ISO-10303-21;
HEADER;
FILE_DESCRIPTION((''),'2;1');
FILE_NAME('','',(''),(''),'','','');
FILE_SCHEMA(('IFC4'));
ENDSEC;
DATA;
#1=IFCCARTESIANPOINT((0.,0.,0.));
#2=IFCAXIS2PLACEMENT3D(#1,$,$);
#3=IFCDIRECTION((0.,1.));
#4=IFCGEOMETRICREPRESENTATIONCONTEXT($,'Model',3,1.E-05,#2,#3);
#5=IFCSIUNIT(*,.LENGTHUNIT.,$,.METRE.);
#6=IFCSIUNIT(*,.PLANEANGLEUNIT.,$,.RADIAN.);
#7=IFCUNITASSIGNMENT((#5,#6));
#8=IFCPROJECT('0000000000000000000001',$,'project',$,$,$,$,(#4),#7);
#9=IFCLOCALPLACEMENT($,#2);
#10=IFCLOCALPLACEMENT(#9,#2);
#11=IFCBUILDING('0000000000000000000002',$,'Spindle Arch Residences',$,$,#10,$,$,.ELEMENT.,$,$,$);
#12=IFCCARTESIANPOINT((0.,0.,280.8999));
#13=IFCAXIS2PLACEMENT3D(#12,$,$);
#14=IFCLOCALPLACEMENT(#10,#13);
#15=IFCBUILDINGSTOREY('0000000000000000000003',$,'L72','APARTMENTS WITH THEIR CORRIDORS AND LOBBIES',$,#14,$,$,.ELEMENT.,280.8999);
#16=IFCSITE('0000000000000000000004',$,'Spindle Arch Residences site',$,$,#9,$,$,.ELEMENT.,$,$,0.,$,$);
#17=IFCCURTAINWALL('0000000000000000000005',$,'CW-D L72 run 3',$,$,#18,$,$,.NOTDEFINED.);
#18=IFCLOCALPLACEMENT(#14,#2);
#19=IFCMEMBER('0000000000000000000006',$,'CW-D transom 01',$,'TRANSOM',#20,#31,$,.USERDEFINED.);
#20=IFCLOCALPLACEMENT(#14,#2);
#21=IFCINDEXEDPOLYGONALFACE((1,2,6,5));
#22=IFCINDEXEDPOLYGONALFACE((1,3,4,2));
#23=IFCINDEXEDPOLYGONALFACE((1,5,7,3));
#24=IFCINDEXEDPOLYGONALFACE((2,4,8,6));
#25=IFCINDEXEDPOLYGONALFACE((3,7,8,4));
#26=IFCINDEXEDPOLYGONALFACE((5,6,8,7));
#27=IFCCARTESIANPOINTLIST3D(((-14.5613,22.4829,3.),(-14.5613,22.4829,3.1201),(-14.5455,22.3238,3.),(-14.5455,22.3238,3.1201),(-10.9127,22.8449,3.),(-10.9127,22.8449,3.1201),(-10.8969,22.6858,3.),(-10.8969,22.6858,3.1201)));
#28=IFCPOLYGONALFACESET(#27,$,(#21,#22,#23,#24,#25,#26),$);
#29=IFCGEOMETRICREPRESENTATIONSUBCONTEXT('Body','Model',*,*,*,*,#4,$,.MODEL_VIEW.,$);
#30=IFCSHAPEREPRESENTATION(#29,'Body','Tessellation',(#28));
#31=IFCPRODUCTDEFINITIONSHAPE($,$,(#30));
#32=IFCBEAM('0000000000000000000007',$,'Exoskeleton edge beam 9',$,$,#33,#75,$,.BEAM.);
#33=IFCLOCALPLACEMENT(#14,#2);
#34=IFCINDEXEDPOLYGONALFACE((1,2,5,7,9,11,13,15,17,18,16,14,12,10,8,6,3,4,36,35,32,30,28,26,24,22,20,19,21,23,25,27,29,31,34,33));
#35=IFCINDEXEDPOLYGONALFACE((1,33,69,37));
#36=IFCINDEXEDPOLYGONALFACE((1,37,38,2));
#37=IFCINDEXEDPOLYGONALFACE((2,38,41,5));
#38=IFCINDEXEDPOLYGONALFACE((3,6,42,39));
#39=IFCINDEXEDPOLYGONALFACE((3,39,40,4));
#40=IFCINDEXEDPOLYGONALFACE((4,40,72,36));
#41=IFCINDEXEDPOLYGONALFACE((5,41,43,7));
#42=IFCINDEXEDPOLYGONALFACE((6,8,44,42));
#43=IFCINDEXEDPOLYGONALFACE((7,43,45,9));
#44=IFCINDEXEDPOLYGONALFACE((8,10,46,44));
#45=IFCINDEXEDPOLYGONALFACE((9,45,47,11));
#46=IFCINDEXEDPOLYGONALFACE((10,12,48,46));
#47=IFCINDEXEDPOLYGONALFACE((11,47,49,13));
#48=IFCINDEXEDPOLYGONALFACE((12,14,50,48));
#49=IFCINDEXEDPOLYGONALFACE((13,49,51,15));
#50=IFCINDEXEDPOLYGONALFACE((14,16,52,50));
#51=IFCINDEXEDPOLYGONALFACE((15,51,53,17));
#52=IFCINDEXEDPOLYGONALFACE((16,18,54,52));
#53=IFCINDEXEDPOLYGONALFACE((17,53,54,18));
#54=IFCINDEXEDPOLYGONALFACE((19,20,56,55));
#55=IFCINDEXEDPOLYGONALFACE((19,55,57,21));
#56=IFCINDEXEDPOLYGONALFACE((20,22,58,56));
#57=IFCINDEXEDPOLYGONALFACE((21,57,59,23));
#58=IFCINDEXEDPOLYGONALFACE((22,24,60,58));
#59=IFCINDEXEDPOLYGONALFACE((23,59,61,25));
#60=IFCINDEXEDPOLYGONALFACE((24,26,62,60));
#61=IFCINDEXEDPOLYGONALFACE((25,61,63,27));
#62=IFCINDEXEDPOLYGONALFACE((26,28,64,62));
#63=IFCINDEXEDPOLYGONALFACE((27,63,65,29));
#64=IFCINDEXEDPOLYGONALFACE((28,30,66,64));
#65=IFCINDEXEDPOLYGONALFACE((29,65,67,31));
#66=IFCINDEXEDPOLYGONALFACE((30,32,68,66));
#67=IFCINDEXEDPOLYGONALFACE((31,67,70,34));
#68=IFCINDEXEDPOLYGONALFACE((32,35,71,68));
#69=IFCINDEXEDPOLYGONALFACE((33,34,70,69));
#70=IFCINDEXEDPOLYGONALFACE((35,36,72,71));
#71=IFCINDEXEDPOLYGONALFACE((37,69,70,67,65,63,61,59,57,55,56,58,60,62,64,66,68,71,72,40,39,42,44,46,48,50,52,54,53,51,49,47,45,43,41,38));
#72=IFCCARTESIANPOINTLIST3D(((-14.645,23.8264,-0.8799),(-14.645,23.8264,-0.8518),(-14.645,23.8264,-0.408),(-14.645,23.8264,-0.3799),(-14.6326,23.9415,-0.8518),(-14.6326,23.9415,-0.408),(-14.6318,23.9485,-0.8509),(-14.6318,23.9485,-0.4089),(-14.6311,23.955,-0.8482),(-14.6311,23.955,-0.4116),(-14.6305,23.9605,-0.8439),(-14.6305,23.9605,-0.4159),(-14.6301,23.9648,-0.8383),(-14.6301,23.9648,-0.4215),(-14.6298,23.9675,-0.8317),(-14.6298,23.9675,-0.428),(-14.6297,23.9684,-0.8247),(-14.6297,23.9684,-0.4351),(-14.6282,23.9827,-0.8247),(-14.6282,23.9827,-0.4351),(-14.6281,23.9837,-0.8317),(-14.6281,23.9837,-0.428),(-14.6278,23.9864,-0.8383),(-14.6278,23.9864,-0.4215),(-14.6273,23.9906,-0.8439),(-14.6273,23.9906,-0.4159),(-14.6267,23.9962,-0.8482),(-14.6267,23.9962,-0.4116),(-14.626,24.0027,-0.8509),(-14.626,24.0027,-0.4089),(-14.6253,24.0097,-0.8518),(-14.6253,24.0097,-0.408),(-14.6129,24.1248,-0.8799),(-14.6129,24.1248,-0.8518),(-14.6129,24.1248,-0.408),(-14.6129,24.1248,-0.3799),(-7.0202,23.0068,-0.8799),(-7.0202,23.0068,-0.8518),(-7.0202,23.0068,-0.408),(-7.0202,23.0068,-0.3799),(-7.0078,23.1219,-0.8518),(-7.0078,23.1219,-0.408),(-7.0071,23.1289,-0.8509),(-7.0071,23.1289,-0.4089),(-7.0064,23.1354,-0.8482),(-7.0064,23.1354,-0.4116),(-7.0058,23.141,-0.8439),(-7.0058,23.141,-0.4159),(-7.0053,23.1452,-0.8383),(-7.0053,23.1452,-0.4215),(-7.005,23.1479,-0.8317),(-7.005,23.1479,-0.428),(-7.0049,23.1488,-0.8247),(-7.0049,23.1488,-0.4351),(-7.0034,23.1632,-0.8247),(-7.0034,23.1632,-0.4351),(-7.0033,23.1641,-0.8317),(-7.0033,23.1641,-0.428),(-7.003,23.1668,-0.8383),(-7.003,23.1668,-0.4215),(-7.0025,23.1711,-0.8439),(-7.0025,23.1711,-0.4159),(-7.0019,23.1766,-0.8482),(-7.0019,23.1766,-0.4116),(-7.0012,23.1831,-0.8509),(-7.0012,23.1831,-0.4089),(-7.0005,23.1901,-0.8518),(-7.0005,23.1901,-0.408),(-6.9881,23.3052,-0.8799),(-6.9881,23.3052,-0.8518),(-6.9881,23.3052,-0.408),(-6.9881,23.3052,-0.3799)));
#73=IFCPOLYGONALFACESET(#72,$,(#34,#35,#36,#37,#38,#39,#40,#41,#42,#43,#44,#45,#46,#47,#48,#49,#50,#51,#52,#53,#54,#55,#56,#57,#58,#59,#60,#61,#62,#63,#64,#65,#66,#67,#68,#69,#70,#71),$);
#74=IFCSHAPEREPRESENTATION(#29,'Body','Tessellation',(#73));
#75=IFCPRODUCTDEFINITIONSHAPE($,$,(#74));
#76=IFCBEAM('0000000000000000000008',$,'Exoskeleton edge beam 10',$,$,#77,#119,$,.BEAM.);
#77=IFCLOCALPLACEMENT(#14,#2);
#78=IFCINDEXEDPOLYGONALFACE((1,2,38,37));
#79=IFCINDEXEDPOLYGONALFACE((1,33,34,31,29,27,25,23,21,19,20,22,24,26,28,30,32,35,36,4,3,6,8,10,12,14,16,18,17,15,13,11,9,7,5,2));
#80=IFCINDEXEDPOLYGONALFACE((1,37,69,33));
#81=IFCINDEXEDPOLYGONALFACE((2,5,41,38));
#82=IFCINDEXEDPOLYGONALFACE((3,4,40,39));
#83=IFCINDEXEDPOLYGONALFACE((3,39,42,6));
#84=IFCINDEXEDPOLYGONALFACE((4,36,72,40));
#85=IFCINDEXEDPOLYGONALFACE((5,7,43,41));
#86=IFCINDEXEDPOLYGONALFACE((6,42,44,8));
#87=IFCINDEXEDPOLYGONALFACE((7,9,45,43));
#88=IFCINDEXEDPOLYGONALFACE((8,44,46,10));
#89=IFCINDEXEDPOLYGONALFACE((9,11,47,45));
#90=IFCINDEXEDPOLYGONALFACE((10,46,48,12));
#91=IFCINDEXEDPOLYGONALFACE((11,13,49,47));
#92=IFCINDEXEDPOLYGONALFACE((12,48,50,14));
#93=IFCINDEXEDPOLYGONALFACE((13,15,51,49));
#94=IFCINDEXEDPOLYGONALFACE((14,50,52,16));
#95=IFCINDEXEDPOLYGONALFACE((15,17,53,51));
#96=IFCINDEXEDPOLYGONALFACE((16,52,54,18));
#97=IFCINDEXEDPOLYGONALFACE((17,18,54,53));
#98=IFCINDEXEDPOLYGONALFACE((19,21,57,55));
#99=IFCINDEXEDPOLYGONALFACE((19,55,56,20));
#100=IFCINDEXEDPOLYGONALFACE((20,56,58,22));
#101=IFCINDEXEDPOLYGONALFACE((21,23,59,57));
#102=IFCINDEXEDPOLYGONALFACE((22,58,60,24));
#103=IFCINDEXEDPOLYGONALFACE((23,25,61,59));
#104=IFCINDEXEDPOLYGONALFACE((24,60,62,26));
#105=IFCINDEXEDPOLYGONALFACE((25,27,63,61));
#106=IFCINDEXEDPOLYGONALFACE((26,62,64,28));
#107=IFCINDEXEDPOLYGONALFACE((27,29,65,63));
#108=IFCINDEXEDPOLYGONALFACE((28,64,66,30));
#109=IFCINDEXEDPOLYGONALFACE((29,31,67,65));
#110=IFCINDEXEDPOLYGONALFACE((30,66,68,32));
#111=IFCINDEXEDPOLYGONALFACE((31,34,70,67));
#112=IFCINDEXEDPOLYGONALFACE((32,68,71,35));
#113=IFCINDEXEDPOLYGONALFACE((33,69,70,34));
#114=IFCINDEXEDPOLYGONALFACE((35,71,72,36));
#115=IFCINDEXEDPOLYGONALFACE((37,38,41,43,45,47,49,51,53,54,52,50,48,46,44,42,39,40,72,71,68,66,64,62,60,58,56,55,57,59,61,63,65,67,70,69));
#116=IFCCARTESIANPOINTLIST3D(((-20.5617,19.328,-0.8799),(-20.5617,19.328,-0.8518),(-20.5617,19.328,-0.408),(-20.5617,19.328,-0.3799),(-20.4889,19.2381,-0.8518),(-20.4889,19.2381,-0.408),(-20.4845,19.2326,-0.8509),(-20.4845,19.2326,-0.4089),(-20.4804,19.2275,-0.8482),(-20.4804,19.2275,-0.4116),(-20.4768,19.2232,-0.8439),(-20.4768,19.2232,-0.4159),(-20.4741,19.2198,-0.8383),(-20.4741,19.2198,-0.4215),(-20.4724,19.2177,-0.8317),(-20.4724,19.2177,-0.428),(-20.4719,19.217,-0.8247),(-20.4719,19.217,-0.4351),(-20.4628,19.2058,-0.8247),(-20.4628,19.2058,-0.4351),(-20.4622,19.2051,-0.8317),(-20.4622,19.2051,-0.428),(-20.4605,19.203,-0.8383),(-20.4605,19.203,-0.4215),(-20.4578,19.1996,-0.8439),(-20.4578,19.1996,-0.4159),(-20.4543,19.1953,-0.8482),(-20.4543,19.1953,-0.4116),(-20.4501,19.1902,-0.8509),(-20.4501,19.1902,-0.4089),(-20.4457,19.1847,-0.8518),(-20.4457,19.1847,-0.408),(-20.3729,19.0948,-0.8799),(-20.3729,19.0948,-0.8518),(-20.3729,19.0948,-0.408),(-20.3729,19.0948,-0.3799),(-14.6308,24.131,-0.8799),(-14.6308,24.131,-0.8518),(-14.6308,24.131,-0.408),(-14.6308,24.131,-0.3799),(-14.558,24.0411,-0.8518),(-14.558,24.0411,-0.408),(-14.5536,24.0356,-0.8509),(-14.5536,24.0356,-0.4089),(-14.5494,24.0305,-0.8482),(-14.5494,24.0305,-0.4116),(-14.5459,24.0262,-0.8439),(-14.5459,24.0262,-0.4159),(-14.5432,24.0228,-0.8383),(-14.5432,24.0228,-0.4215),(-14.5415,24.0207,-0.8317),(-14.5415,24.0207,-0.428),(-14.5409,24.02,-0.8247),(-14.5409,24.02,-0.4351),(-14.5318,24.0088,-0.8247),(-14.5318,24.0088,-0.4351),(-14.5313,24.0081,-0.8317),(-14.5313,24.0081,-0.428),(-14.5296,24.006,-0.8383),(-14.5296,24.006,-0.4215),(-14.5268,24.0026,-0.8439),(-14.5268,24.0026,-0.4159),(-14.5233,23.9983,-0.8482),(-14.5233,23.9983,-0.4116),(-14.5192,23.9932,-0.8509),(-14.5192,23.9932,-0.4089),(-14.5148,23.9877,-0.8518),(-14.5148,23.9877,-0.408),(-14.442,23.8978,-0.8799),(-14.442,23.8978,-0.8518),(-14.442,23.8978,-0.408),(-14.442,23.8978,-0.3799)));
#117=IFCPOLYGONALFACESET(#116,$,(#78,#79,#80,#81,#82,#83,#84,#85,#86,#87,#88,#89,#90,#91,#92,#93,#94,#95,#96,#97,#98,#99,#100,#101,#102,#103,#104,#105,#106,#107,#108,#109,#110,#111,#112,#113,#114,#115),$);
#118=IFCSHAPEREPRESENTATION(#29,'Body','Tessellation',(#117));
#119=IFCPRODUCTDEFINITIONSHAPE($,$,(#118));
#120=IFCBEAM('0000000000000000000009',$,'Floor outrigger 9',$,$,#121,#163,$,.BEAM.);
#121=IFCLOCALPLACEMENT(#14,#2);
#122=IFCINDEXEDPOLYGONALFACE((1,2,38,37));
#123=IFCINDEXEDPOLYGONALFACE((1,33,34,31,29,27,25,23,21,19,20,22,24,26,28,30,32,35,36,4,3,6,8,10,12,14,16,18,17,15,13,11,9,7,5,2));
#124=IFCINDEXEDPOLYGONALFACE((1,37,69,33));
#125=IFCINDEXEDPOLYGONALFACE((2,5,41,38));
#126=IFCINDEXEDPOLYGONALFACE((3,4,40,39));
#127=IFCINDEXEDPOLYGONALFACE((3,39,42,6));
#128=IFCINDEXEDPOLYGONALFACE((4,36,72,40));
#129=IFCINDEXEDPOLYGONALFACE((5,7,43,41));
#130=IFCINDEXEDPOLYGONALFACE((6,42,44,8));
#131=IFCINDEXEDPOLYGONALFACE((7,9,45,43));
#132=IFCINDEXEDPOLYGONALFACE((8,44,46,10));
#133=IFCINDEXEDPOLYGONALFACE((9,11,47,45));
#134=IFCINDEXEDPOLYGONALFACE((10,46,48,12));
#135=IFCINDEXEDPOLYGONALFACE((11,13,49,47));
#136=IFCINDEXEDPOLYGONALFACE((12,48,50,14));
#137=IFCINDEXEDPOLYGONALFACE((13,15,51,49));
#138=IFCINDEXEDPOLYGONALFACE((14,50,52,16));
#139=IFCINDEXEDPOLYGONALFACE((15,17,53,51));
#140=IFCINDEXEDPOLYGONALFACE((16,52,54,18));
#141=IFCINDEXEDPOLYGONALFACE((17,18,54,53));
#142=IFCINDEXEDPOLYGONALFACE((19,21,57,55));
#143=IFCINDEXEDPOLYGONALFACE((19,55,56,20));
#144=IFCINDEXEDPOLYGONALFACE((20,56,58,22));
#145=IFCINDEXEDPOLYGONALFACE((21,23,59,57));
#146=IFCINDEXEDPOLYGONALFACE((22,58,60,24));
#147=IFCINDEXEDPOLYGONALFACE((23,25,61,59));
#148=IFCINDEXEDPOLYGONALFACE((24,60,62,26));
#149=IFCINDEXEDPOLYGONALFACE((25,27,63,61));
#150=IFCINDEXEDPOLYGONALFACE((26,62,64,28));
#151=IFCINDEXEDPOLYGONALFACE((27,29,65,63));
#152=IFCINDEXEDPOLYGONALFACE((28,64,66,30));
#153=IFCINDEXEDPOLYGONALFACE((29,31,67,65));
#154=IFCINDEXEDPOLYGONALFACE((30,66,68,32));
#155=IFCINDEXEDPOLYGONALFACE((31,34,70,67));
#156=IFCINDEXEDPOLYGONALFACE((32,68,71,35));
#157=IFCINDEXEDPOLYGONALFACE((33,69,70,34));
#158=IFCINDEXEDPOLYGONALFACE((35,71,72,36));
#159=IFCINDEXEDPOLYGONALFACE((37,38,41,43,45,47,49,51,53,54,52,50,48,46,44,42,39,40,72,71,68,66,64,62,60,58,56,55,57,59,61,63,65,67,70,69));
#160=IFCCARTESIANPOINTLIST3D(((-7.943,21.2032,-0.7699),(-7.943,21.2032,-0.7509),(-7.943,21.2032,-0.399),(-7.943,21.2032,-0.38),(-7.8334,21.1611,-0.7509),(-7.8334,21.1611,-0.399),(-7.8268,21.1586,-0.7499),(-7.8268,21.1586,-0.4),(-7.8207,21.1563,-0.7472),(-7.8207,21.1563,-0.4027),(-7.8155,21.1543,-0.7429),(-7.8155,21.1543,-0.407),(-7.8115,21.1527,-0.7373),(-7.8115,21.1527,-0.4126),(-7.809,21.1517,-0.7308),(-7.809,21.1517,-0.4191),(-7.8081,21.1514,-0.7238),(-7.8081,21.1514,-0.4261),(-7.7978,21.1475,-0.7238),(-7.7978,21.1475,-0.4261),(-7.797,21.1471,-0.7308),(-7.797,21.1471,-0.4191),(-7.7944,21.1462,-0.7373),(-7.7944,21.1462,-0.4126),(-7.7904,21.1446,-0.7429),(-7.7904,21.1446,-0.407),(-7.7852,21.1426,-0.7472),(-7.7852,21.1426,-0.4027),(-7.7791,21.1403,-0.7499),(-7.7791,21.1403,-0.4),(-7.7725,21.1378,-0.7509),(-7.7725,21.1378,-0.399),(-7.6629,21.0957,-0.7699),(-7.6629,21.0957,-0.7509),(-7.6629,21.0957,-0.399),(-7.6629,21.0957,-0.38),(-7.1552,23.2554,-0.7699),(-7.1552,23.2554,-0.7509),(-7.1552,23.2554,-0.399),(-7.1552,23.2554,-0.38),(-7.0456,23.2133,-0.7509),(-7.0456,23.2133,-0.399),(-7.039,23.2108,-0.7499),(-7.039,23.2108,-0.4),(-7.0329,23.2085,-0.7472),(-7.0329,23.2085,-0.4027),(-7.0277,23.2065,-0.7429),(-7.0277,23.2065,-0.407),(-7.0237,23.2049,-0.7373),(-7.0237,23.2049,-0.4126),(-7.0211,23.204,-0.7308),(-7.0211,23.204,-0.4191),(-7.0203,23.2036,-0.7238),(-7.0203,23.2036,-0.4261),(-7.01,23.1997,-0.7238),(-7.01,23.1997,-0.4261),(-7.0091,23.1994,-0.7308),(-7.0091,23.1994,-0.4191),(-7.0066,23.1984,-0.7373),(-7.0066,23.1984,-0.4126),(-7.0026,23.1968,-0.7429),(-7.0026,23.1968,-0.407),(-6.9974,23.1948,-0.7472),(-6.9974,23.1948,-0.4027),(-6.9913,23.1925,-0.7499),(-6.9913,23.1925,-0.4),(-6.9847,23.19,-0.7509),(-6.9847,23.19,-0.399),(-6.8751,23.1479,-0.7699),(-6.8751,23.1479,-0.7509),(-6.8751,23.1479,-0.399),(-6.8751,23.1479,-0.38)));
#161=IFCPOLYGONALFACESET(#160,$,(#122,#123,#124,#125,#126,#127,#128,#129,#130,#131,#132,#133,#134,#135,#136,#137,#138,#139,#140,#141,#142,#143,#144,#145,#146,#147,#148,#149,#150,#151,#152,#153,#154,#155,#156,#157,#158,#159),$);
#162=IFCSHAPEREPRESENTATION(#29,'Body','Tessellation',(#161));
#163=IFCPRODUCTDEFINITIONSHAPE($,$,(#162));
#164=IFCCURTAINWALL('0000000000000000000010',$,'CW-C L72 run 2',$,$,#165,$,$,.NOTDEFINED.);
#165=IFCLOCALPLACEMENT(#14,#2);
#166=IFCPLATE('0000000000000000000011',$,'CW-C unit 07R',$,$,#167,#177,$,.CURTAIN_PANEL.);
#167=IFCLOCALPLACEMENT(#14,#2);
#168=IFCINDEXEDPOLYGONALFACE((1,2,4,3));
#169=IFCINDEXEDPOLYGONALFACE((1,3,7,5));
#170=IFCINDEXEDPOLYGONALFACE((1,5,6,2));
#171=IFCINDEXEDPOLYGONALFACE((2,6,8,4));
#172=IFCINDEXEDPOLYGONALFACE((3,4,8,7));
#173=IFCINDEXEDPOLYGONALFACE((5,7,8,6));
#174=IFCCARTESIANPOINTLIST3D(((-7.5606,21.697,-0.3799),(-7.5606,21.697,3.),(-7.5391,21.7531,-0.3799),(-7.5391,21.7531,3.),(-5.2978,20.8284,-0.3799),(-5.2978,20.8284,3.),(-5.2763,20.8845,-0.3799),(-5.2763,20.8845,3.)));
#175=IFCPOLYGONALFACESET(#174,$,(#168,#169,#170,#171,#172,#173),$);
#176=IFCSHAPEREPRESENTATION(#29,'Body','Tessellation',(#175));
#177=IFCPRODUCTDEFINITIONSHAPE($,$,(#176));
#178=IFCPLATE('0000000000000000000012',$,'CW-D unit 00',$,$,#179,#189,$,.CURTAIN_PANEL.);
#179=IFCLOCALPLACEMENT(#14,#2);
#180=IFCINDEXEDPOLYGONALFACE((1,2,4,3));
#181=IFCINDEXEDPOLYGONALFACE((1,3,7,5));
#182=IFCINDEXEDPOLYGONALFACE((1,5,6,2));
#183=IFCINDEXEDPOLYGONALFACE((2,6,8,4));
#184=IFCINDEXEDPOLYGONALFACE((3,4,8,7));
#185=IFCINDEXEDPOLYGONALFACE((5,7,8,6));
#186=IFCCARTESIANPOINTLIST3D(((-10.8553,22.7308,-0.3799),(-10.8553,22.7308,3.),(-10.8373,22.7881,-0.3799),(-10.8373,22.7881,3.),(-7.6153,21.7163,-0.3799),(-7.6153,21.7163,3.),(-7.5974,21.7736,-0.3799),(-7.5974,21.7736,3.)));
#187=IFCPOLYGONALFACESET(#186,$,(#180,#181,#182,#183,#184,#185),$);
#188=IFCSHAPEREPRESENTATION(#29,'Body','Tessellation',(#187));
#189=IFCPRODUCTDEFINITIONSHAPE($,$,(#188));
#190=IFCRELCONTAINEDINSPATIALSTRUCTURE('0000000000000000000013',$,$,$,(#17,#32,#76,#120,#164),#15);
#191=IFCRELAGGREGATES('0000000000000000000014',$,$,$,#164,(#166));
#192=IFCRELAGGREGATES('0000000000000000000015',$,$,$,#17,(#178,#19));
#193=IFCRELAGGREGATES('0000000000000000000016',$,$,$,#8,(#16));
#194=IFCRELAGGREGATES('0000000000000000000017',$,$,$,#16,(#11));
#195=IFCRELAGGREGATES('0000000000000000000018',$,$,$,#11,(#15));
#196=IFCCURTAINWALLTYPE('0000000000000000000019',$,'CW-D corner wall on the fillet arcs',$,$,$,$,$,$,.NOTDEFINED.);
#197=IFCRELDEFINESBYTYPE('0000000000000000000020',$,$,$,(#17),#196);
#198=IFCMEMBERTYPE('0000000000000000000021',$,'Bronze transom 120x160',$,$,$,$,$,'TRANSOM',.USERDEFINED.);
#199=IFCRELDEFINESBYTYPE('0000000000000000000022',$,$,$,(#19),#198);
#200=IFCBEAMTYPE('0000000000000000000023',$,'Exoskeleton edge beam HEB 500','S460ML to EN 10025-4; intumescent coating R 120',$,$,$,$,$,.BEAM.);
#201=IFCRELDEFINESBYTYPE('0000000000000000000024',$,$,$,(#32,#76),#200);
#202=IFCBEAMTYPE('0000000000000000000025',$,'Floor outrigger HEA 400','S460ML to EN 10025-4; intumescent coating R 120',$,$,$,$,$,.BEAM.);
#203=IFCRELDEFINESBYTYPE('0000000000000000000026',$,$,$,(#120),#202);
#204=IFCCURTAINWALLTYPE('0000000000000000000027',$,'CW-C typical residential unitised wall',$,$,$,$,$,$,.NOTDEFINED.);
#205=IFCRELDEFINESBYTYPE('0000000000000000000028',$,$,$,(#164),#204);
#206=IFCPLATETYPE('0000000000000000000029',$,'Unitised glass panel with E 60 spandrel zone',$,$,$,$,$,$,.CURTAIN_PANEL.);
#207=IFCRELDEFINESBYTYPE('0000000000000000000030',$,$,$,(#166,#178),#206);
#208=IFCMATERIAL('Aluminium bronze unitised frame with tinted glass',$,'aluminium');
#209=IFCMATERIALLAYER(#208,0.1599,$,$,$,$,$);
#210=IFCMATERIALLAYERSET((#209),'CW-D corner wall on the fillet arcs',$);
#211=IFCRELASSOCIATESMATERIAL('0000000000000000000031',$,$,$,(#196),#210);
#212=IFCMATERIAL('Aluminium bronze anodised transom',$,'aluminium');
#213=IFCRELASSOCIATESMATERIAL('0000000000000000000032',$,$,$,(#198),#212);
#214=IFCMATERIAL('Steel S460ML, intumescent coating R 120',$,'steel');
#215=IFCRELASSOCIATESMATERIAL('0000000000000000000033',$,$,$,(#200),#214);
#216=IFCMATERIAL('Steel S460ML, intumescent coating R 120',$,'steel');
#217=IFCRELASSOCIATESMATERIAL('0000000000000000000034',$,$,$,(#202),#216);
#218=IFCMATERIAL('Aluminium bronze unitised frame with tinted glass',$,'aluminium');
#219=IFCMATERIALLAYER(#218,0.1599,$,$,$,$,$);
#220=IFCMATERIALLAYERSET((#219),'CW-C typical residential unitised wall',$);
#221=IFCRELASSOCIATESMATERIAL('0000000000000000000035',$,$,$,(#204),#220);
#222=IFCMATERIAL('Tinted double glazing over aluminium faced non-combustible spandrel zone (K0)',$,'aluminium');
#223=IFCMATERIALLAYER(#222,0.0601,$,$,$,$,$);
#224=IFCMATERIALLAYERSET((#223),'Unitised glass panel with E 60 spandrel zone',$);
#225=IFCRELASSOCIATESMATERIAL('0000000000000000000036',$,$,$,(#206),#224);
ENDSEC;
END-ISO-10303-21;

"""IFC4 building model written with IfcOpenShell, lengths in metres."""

from ifc_helpers import new_model, si_unit, direction, frame, origin, origin_2d, place, context, subcontext, project, spatial, rectangle, i_section, extrude, material, layer, layer_set, material_profile, profile_set, type_object, element, aggregate, save


model = new_model("IFC4")

# Units and contexts
model_context = context("Model", 3, precision=1e-05, world=origin(), true_north=direction((0.0, 1.0)))
body_context = subcontext(model_context, "Body", "Model", "MODEL_VIEW")
ifc_project = project(units=[si_unit("LENGTHUNIT", "METRE"), si_unit("PLANEANGLEUNIT", "RADIAN")], contexts=[model_context])

# Site, building, storey
site_placement = place(None, origin())
site = spatial("IfcSite", under=ifc_project, at=site_placement, Name="Spindle Arch Residences site", CompositionType="ELEMENT", RefElevation=0.0)
building_placement = place(site_placement, origin())
building = spatial("IfcBuilding", under=site, at=building_placement, Name="Spindle Arch Residences", CompositionType="ELEMENT")
storey_placement = place(building_placement, frame((0.0, 0.0, 280.8999)))
storey = spatial("IfcBuildingStorey", under=building, at=storey_placement, Name="L72", Description="APARTMENTS WITH THEIR CORRIDORS AND LOBBIES", CompositionType="ELEMENT", Elevation=280.8999)

# Curtain wall, member
ifc_material_1 = material(Name="Aluminium bronze unitised frame with tinted glass", Category="aluminium")
ifc_layer_1 = layer(ifc_material_1, 0.1599)
ifc_layer_set_1 = layer_set([ifc_layer_1], Name="CW-D corner wall on the fillet arcs")
curtain_wall_type_1 = type_object("IfcCurtainWallType", Name="CW-D corner wall on the fillet arcs", PredefinedType="NOTDEFINED", material=ifc_layer_set_1)
curtain_wall_1_placement = place(storey_placement, origin())
curtain_wall_1 = element("IfcCurtainWall", 1, at=curtain_wall_1_placement, inside=storey, type_object=curtain_wall_type_1, Name="CW-D L72 run 3", PredefinedType="NOTDEFINED")
ifc_material_2 = material(Name="Aluminium bronze anodised transom", Category="aluminium")
ifc_material_profile_1 = material_profile(ifc_material_2, rectangle(XDim=0.1599, YDim=0.1201, at=origin_2d()), Name="TR 120x160")
ifc_profile_set_1 = profile_set([ifc_material_profile_1], Name="Aluminium bronze anodised transom")
member_type_1 = type_object("IfcMemberType", Name="Bronze transom 120x160", ElementType="TRANSOM", PredefinedType="USERDEFINED", material=ifc_profile_set_1)
member_1_placement = place(storey_placement, frame((-10.9048, 22.7654, 3.0601), z_axis=(-0.995113, -0.098746, 0.0), x_axis=(0.098746, -0.995113, 0.0)))
member_1 = element("IfcMember", 2, at=member_1_placement, type_object=member_type_1, Name="CW-D transom 01", ObjectType="TRANSOM", PredefinedType="USERDEFINED", context=body_context, shape_type="SweptSolid", body=[
    extrude(rectangle(XDim=0.1599, YDim=0.1201, at=origin_2d()), origin(), (0.0, 0.0, 1.0), 3.6665),
])

# Beams
ifc_material_3 = material(Name="Steel S460ML, intumescent coating R 120", Category="steel")
ifc_material_profile_2 = material_profile(ifc_material_3, i_section(OverallWidth=0.3, OverallDepth=0.5, WebThickness=0.0144, FlangeThickness=0.0281, FilletRadius=0.0271, at=origin_2d()), Name="HEB 500")
ifc_profile_set_2 = profile_set([ifc_material_profile_2], Name="Steel S460ML, intumescent coating R 120")
beam_type_1 = type_object("IfcBeamType", Name="Exoskeleton edge beam HEB 500", Description="S460ML to EN 10025-4; intumescent coating R 120", PredefinedType="BEAM", material=ifc_profile_set_2)
beam_1_placement = place(storey_placement, frame((-7.0042, 23.156, -0.6299), z_axis=(-0.994273, 0.106874, 0.0), x_axis=(-0.106874, -0.994273, 0.0)))
element("IfcBeam", 3, at=beam_1_placement, inside=storey, type_object=beam_type_1, Name="Exoskeleton edge beam 9", PredefinedType="BEAM", context=body_context, shape_type="SweptSolid", body=[
    extrude(i_section(OverallWidth=0.3, OverallDepth=0.5, WebThickness=0.0144, FlangeThickness=0.0281, FilletRadius=0.0271, at=origin_2d()), origin(), (0.0, 0.0, 1.0), 7.6687),
])
beam_2_placement = place(storey_placement, frame((-14.5364, 24.0144, -0.6299), z_axis=(-0.777132, -0.629338, 0.0), x_axis=(0.629338, -0.777132, 0.0)))
element("IfcBeam", 4, at=beam_2_placement, inside=storey, type_object=beam_type_1, Name="Exoskeleton edge beam 10", PredefinedType="BEAM", context=body_context, shape_type="SweptSolid", body=[
    extrude(i_section(OverallWidth=0.3, OverallDepth=0.5, WebThickness=0.0144, FlangeThickness=0.0281, FilletRadius=0.0271, at=origin_2d()), origin(), (0.0, 0.0, 1.0), 7.6318),
])
ifc_material_4 = material(Name="Steel S460ML, intumescent coating R 120", Category="steel")
ifc_material_profile_3 = material_profile(ifc_material_4, i_section(OverallWidth=0.3, OverallDepth=0.3899, WebThickness=0.011, FlangeThickness=0.019, FilletRadius=0.0271, at=origin_2d()), Name="HEA 400")
ifc_profile_set_3 = profile_set([ifc_material_profile_3], Name="Steel S460ML, intumescent coating R 120")
beam_type_2 = type_object("IfcBeamType", Name="Floor outrigger HEA 400", Description="S460ML to EN 10025-4; intumescent coating R 120", PredefinedType="BEAM", material=ifc_profile_set_3)
beam_3_placement = place(storey_placement, frame((-7.0151, 23.2017, -0.575), z_axis=(-0.358391, -0.933572, 0.0), x_axis=(0.933572, -0.358391, 0.0)))
element("IfcBeam", 5, at=beam_3_placement, inside=storey, type_object=beam_type_2, Name="Floor outrigger 9", PredefinedType="BEAM", context=body_context, shape_type="SweptSolid", body=[
    extrude(i_section(OverallWidth=0.3, OverallDepth=0.3899, WebThickness=0.011, FlangeThickness=0.019, FilletRadius=0.0271, at=origin_2d()), origin(), (0.0, 0.0, 1.0), 2.1982),
])

# Curtain wall, plate
ifc_material_5 = material(Name="Aluminium bronze unitised frame with tinted glass", Category="aluminium")
ifc_layer_2 = layer(ifc_material_5, 0.1599)
ifc_layer_set_2 = layer_set([ifc_layer_2], Name="CW-C typical residential unitised wall")
curtain_wall_type_2 = type_object("IfcCurtainWallType", Name="CW-C typical residential unitised wall", PredefinedType="NOTDEFINED", material=ifc_layer_set_2)
curtain_wall_2_placement = place(storey_placement, origin())
curtain_wall_2 = element("IfcCurtainWall", 6, at=curtain_wall_2_placement, inside=storey, type_object=curtain_wall_type_2, Name="CW-C L72 run 2", PredefinedType="NOTDEFINED")
ifc_material_6 = material(Name="Tinted double glazing over aluminium faced non-combustible spandrel zone (K0)", Category="aluminium")
ifc_layer_3 = layer(ifc_material_6, 0.0601)
ifc_layer_set_3 = layer_set([ifc_layer_3], Name="Unitised glass panel with E 60 spandrel zone")
plate_type = type_object("IfcPlateType", Name="Unitised glass panel with E 60 spandrel zone", PredefinedType="CURTAIN_PANEL", material=ifc_layer_set_3)
plate_1_placement = place(storey_placement, frame((-6.4185, 21.2908, -0.3799), z_axis=(0.0, 0.0, 1.0), x_axis=(-0.93358, 0.358368, 0.0)))
plate_1 = element("IfcPlate", 7, at=plate_1_placement, type_object=plate_type, Name="CW-C unit 07R", PredefinedType="CURTAIN_PANEL", context=body_context, shape_type="SweptSolid", body=[
    extrude(rectangle(XDim=2.4238, YDim=0.0601, at=origin_2d()), origin(), (0.0, 0.0, 1.0), 3.3799),
])
aggregate(curtain_wall_2, [plate_1])

# Plate
plate_2_placement = place(storey_placement, frame((-9.2263, 22.2522, -0.3799), z_axis=(0.0, 0.0, 1.0), x_axis=(-0.954315, 0.298803, 0.0)))
plate_2 = element("IfcPlate", 8, at=plate_2_placement, type_object=plate_type, Name="CW-D unit 00", PredefinedType="CURTAIN_PANEL", context=body_context, shape_type="SweptSolid", body=[
    extrude(rectangle(XDim=3.395, YDim=0.0601, at=origin_2d()), origin(), (0.0, 0.0, 1.0), 3.3799),
])
aggregate(curtain_wall_1, [plate_2, member_1])

save(model, "model.ifc")
